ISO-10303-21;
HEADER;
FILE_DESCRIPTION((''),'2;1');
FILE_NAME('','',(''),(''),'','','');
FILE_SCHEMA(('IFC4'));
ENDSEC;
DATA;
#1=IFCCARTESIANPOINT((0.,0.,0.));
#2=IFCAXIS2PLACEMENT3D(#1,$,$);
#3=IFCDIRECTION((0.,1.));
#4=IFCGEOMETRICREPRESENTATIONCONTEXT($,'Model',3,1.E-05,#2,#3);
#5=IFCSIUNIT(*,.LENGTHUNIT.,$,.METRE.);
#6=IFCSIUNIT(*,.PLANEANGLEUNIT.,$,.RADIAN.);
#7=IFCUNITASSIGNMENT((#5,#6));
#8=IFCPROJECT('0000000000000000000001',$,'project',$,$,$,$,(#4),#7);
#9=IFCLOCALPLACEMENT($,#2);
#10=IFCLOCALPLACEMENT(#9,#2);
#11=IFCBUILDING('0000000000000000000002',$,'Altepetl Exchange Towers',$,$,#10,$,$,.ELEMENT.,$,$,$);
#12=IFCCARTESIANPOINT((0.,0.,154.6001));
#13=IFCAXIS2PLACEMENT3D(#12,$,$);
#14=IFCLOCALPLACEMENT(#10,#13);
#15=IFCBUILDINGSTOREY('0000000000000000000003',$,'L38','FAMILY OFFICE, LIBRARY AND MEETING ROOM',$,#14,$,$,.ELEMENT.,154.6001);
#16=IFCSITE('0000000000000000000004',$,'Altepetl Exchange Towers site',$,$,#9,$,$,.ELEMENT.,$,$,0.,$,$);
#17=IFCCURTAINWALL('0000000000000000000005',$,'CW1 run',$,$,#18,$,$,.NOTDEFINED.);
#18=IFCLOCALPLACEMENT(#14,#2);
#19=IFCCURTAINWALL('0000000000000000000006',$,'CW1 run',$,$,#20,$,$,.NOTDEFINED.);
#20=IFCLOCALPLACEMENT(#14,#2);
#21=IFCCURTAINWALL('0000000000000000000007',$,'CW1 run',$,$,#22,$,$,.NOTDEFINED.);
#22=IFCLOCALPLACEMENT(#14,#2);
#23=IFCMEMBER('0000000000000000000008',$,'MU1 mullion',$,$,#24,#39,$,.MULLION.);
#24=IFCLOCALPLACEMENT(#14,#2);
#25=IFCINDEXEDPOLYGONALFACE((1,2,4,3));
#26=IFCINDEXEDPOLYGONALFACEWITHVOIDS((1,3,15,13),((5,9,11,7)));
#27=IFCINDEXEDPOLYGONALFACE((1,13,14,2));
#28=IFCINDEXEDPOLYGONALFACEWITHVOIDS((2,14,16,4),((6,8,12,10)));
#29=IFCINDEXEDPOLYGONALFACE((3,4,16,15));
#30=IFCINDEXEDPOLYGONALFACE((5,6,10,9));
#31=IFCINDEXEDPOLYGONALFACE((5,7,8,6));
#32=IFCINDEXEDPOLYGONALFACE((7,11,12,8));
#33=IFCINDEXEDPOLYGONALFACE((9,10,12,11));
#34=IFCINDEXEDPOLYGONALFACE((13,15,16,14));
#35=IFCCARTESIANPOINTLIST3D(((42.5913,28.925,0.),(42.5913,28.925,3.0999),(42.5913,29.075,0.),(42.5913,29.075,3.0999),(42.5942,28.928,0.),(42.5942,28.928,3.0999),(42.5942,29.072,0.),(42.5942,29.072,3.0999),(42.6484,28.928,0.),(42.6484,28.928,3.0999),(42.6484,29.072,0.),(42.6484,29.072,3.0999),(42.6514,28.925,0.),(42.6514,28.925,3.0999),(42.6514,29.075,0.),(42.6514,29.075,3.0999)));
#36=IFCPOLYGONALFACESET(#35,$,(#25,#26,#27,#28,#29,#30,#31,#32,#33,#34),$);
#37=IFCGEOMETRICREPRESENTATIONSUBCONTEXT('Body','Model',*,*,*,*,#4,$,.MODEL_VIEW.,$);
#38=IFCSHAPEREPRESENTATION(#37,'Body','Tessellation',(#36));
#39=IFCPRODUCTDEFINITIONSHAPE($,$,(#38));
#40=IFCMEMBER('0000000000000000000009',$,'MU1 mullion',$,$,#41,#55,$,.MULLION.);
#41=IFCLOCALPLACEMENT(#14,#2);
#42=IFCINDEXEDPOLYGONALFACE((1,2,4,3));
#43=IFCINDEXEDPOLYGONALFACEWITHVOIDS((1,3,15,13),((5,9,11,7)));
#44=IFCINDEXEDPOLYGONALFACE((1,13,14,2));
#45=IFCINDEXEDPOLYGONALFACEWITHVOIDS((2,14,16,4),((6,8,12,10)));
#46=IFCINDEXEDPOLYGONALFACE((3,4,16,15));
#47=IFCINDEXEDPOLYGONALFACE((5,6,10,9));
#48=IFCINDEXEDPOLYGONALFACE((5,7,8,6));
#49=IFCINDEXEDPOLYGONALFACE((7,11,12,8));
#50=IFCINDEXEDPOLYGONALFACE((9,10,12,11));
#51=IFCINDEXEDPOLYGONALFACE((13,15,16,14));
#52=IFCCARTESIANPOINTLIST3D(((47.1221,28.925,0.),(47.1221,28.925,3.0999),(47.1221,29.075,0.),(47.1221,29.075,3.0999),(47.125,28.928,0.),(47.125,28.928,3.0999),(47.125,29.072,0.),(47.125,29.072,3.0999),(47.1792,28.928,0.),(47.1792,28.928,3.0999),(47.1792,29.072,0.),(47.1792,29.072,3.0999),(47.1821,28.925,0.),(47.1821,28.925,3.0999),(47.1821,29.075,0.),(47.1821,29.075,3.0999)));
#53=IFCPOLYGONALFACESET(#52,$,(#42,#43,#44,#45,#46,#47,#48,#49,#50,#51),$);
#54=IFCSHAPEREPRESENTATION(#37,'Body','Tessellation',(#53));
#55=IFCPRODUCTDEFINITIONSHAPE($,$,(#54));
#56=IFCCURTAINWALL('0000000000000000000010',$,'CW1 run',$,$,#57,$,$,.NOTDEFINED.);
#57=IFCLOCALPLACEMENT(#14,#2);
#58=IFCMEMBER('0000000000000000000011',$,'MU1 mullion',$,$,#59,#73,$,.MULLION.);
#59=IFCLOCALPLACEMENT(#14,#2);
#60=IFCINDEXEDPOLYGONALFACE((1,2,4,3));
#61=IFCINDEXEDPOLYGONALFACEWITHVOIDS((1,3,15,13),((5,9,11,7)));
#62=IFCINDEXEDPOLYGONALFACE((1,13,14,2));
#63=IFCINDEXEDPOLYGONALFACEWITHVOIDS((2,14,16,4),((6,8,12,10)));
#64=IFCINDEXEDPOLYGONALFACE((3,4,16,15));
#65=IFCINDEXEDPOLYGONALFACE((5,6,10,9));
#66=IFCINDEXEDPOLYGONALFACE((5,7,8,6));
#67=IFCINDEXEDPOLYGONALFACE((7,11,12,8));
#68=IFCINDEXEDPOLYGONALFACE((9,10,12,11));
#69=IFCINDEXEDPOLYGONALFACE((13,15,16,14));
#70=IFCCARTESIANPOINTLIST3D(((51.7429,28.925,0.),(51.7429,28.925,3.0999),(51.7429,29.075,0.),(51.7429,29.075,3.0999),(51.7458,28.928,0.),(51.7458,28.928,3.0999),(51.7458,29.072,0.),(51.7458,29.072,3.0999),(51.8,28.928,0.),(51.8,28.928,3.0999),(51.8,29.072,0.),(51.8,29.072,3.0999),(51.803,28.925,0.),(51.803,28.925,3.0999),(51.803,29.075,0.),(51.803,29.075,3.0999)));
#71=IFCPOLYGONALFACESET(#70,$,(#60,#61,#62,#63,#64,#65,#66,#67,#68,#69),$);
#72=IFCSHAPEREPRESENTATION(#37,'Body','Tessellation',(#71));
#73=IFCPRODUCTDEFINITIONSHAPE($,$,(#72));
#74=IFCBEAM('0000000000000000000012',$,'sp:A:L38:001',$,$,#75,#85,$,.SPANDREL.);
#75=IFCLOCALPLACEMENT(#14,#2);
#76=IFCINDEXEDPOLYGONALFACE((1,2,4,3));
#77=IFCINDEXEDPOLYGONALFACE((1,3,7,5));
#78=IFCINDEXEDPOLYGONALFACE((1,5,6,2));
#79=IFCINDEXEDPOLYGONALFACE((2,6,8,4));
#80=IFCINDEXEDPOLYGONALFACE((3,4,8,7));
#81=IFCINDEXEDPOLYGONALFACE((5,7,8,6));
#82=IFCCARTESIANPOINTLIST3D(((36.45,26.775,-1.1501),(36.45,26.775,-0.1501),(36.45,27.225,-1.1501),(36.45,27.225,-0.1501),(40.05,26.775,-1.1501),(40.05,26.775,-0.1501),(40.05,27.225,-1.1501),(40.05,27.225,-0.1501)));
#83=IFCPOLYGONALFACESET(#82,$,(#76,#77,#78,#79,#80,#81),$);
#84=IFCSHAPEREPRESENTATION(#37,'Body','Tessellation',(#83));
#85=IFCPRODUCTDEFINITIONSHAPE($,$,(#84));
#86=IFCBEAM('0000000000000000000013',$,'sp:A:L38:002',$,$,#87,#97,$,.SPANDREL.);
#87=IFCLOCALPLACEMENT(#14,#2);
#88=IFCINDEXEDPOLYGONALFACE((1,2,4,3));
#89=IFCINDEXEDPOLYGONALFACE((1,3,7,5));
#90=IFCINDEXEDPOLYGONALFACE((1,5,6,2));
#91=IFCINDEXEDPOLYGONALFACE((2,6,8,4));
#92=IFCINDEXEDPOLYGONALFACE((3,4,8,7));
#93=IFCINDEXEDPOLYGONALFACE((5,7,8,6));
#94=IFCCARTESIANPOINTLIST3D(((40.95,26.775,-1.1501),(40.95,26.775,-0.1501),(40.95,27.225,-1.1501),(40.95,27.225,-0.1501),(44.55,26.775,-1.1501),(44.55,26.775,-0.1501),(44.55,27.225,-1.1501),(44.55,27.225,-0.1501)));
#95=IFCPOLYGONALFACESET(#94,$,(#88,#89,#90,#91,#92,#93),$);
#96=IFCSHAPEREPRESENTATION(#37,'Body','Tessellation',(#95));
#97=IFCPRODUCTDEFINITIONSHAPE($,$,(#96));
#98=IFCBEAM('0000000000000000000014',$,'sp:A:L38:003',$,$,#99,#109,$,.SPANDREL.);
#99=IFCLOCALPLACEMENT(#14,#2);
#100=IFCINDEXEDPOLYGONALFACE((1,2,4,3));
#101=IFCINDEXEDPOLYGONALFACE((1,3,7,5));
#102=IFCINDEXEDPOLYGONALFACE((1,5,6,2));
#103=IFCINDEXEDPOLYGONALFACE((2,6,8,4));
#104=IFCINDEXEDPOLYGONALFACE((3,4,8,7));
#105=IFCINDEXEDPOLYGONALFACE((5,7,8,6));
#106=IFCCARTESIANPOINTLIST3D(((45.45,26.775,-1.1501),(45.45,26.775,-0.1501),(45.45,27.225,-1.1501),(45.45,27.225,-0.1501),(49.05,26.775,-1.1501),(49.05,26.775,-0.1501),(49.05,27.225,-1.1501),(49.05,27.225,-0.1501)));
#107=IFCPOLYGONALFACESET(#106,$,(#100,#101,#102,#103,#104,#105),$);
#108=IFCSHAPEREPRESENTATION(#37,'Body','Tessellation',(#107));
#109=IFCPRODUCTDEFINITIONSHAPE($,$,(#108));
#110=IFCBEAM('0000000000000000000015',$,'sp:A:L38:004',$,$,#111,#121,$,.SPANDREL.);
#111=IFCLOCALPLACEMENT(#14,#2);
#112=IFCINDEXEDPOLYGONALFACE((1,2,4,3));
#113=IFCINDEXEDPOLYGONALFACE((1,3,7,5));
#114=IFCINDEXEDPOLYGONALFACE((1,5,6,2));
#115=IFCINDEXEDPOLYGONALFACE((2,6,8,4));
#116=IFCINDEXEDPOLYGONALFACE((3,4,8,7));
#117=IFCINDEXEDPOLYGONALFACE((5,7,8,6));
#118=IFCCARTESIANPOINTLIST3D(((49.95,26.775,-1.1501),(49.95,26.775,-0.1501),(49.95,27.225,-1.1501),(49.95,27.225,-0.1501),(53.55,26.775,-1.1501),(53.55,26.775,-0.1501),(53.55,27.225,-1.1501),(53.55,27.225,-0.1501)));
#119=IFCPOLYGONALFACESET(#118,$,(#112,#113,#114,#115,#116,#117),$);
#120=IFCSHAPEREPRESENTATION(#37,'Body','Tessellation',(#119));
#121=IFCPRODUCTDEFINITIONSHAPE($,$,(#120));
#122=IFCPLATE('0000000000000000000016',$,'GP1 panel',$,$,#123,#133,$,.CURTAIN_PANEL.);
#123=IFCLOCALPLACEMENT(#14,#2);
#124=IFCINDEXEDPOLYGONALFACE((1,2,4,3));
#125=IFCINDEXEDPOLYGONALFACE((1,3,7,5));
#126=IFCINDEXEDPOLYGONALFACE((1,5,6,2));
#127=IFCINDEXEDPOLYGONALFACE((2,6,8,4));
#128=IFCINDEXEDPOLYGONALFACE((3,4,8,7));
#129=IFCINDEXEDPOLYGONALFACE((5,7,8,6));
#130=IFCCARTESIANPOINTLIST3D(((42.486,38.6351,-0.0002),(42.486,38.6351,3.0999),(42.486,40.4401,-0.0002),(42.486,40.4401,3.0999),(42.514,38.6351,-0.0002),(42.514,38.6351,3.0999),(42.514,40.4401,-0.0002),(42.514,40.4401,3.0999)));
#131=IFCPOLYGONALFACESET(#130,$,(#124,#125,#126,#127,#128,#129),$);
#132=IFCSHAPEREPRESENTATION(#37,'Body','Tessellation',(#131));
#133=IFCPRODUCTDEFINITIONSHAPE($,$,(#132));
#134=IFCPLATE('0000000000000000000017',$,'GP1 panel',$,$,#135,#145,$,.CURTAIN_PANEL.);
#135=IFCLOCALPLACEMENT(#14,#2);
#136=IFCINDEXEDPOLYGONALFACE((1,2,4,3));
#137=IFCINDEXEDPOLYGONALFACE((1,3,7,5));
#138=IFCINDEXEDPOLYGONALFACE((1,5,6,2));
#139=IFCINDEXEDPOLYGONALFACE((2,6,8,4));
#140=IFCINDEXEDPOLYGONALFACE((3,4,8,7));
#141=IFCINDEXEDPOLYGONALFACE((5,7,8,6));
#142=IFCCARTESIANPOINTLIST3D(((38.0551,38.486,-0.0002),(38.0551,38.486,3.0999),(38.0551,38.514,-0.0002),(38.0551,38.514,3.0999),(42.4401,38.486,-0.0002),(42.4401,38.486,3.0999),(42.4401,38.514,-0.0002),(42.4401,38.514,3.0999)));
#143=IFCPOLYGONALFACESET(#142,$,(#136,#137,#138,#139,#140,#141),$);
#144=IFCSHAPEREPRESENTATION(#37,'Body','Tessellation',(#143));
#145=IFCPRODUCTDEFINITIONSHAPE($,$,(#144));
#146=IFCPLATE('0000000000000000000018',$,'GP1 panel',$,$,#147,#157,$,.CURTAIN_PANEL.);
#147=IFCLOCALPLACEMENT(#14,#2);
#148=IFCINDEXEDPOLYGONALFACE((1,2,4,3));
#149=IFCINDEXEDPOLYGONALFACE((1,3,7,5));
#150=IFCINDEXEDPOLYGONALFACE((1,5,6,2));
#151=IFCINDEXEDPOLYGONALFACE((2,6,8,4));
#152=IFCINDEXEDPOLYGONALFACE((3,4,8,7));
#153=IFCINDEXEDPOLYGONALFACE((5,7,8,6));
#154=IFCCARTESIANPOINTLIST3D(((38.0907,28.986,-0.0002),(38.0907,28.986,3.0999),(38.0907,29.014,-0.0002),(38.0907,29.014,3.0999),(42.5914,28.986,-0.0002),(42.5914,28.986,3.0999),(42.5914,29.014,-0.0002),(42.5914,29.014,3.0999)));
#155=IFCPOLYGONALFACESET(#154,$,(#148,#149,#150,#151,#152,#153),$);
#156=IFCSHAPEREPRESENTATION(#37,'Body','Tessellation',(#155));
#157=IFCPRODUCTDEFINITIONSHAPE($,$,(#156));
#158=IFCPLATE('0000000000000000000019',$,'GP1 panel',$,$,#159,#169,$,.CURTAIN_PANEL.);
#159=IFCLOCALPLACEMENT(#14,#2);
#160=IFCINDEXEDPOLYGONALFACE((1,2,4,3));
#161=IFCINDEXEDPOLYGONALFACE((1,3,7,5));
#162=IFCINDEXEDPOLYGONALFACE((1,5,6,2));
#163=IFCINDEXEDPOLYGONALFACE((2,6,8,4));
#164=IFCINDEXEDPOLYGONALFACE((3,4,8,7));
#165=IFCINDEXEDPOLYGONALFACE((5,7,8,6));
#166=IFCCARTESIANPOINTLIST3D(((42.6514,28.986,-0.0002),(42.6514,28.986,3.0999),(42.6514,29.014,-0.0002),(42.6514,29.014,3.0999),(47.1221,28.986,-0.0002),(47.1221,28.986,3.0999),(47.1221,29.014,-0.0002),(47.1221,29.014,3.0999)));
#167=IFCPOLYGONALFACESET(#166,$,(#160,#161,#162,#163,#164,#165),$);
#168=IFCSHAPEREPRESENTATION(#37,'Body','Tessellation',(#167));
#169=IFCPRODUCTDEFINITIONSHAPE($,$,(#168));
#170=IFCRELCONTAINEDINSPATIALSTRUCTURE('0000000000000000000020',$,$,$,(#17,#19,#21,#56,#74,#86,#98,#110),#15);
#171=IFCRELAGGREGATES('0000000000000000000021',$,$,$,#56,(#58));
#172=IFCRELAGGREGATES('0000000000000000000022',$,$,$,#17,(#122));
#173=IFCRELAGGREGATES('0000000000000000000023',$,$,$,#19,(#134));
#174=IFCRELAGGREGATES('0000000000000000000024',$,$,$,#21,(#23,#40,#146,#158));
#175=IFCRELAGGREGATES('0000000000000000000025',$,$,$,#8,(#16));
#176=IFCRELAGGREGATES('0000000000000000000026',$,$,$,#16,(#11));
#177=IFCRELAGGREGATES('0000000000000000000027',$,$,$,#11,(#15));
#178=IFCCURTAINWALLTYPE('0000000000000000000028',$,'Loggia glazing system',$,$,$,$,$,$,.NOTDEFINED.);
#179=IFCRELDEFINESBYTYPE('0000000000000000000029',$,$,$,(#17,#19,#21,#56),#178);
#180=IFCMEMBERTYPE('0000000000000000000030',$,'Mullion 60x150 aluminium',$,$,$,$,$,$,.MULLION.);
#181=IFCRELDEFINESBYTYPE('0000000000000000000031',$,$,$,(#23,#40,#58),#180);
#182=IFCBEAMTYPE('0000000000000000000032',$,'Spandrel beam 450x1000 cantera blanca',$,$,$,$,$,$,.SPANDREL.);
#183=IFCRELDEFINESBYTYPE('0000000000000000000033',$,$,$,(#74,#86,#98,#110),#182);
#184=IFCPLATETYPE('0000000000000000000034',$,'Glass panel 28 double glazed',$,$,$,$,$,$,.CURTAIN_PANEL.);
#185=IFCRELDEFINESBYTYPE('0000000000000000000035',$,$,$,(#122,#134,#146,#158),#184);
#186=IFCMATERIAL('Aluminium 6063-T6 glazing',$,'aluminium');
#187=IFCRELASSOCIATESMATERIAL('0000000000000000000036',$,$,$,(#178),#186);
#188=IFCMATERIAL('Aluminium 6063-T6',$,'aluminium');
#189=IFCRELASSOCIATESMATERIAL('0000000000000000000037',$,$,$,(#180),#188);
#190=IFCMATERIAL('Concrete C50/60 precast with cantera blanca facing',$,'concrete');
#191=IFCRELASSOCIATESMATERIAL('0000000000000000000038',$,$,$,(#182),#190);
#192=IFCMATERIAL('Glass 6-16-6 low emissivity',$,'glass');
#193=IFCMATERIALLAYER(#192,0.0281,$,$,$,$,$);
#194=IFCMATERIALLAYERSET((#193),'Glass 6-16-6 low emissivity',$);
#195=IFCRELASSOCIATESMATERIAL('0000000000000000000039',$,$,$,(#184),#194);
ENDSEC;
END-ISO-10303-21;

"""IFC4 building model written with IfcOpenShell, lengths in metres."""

from ifc_helpers import new_model, si_unit, direction, frame, origin, origin_2d, place, context, subcontext, project, spatial, rectangle, hollow_rectangle, extrude, material, layer, layer_set, material_profile, profile_set, type_object, element, aggregate, save


model = new_model("IFC4")

# Units and contexts
model_context = context("Model", 3, precision=1e-05, world=origin(), true_north=direction((0.0, 1.0)))
body_context = subcontext(model_context, "Body", "Model", "MODEL_VIEW")
ifc_project = project(units=[si_unit("LENGTHUNIT", "METRE"), si_unit("PLANEANGLEUNIT", "RADIAN")], contexts=[model_context])

# Site, building, storey
site_placement = place(None, origin())
site = spatial("IfcSite", under=ifc_project, at=site_placement, Name="Altepetl Exchange Towers site", CompositionType="ELEMENT", RefElevation=0.0)
building_placement = place(site_placement, origin())
building = spatial("IfcBuilding", under=site, at=building_placement, Name="Altepetl Exchange Towers", CompositionType="ELEMENT")
storey_placement = place(building_placement, frame((0.0, 0.0, 154.6001)))
storey = spatial("IfcBuildingStorey", under=building, at=storey_placement, Name="L38", Description="FAMILY OFFICE, LIBRARY AND MEETING ROOM", CompositionType="ELEMENT", Elevation=154.6001)

# Curtain wall
ifc_material_1 = material(Name="Aluminium 6063-T6 glazing", Category="aluminium")
curtain_wall_type = type_object("IfcCurtainWallType", Name="Loggia glazing system", PredefinedType="NOTDEFINED", material=ifc_material_1)
curtain_wall_1_placement = place(storey_placement, origin())
curtain_wall_1 = element("IfcCurtainWall", 1, at=curtain_wall_1_placement, inside=storey, type_object=curtain_wall_type, Name="CW1 run", PredefinedType="NOTDEFINED")
ifc_material_2 = material(Name="Aluminium 6063-T6", Category="aluminium")
ifc_material_profile_1 = material_profile(ifc_material_2, hollow_rectangle(XDim=0.0601, YDim=0.1499, WallThickness=0.0029, at=origin_2d()), Name="Mullion 60x150 aluminium")
ifc_profile_set_1 = profile_set([ifc_material_profile_1], Name="Aluminium 6063-T6")
member_type = type_object("IfcMemberType", Name="Mullion 60x150 aluminium", PredefinedType="MULLION", material=ifc_profile_set_1)

# Curtain walls, members
curtain_wall_2_placement = place(storey_placement, origin())
curtain_wall_2 = element("IfcCurtainWall", 2, at=curtain_wall_2_placement, inside=storey, type_object=curtain_wall_type, Name="CW1 run", PredefinedType="NOTDEFINED")
curtain_wall_3_placement = place(storey_placement, origin())
curtain_wall_3 = element("IfcCurtainWall", 3, at=curtain_wall_3_placement, inside=storey, type_object=curtain_wall_type, Name="CW1 run", PredefinedType="NOTDEFINED")
member_1_placement = place(storey_placement, frame((42.6213, 29.0, 0.0)))
member_1 = element("IfcMember", 4, at=member_1_placement, type_object=member_type, Name="MU1 mullion", PredefinedType="MULLION", context=body_context, shape_type="SweptSolid", body=[
    extrude(hollow_rectangle(XDim=0.0601, YDim=0.1499, WallThickness=0.0029, at=origin_2d()), origin(), (0.0, 0.0, 1.0), 3.0999),
])
member_2_placement = place(storey_placement, frame((47.1521, 29.0, 0.0)))
member_2 = element("IfcMember", 5, at=member_2_placement, type_object=member_type, Name="MU1 mullion", PredefinedType="MULLION", context=body_context, shape_type="SweptSolid", body=[
    extrude(hollow_rectangle(XDim=0.0601, YDim=0.1499, WallThickness=0.0029, at=origin_2d()), origin(), (0.0, 0.0, 1.0), 3.0999),
])

# Curtain wall, member
curtain_wall_4_placement = place(storey_placement, origin())
curtain_wall_4 = element("IfcCurtainWall", 6, at=curtain_wall_4_placement, inside=storey, type_object=curtain_wall_type, Name="CW1 run", PredefinedType="NOTDEFINED")
member_3_placement = place(storey_placement, frame((51.7729, 29.0, 0.0)))
member_3 = element("IfcMember", 7, at=member_3_placement, type_object=member_type, Name="MU1 mullion", PredefinedType="MULLION", context=body_context, shape_type="SweptSolid", body=[
    extrude(hollow_rectangle(XDim=0.0601, YDim=0.1499, WallThickness=0.0029, at=origin_2d()), origin(), (0.0, 0.0, 1.0), 3.0999),
])
aggregate(curtain_wall_4, [member_3])

# Beams
ifc_material_3 = material(Name="Concrete C50/60 precast with cantera blanca facing", Category="concrete")
ifc_material_profile_2 = material_profile(ifc_material_3, rectangle(XDim=0.45, YDim=1.0, at=origin_2d()), Name="450 x 1000")
ifc_profile_set_2 = profile_set([ifc_material_profile_2], Name="Concrete C50/60 precast with cantera blanca facing")
beam_type_1 = type_object("IfcBeamType", Name="Spandrel beam 450x1000 cantera blanca", PredefinedType="SPANDREL", material=ifc_profile_set_2)
for number, where, z_axis, x_axis, name in (
    (8, (36.45, 27.0, -0.6501), (1.0, 0.0, 0.0), (0.0, 1.0, 0.0), "sp:A:L38:001"),
    (9, (40.95, 27.0, -0.6501), (1.0, 0.0, 0.0), (0.0, 1.0, 0.0), "sp:A:L38:002"),
    (10, (45.45, 27.0, -0.6501), (1.0, 0.0, 0.0), (0.0, 1.0, 0.0), "sp:A:L38:003"),
    (11, (49.95, 27.0, -0.6501), (1.0, 0.0, 0.0), (0.0, 1.0, 0.0), "sp:A:L38:004"),
):
    element("IfcBeam", number, at=place(storey_placement, frame(where, z_axis=z_axis, x_axis=x_axis)), inside=storey, type_object=beam_type_1, Name=name, PredefinedType="SPANDREL", context=body_context, shape_type="SweptSolid", body=[
        extrude(rectangle(XDim=0.45, YDim=1.0, at=origin_2d()), origin(), (0.0, 0.0, 1.0), 3.6001),
    ])

# Plates
ifc_material_4 = material(Name="Glass 6-16-6 low emissivity", Category="glass")
ifc_layer_1 = layer(ifc_material_4, 0.0281)
ifc_layer_set_1 = layer_set([ifc_layer_1], Name="Glass 6-16-6 low emissivity")
plate_type = type_object("IfcPlateType", Name="Glass panel 28 double glazed", PredefinedType="CURTAIN_PANEL", material=ifc_layer_set_1)
plate_1_placement = place(storey_placement, frame((42.5, 39.5376, -0.0002), z_axis=(0.0, 0.0, 1.0), x_axis=(0.0, -1.0, 0.0)))
plate_1 = element("IfcPlate", 12, at=plate_1_placement, type_object=plate_type, Name="GP1 panel", PredefinedType="CURTAIN_PANEL", context=body_context, shape_type="SweptSolid", body=[
    extrude(rectangle(XDim=1.8049, YDim=0.0281, at=origin_2d()), origin(), (0.0, 0.0, 1.0), 3.1001),
])
aggregate(curtain_wall_1, [plate_1])
plate_2_placement = place(storey_placement, frame((40.2476, 38.5, -0.0002), z_axis=(0.0, 0.0, 1.0), x_axis=(-1.0, 0.0, 0.0)))
plate_2 = element("IfcPlate", 13, at=plate_2_placement, type_object=plate_type, Name="GP1 panel", PredefinedType="CURTAIN_PANEL", context=body_context, shape_type="SweptSolid", body=[
    extrude(rectangle(XDim=4.385, YDim=0.0281, at=origin_2d()), origin(), (0.0, 0.0, 1.0), 3.1001),
])
aggregate(curtain_wall_2, [plate_2])
plate_3_placement = place(storey_placement, frame((40.3411, 29.0, -0.0002)))
plate_3 = element("IfcPlate", 14, at=plate_3_placement, type_object=plate_type, Name="GP1 panel", PredefinedType="CURTAIN_PANEL", context=body_context, shape_type="SweptSolid", body=[
    extrude(rectangle(XDim=4.5007, YDim=0.0281, at=origin_2d()), origin(), (0.0, 0.0, 1.0), 3.1001),
])
plate_4_placement = place(storey_placement, frame((44.8867, 29.0, -0.0002)))
plate_4 = element("IfcPlate", 15, at=plate_4_placement, type_object=plate_type, Name="GP1 panel", PredefinedType="CURTAIN_PANEL", context=body_context, shape_type="SweptSolid", body=[
    extrude(rectangle(XDim=4.4707, YDim=0.0281, at=origin_2d()), origin(), (0.0, 0.0, 1.0), 3.1001),
])
aggregate(curtain_wall_3, [member_1, member_2, plate_3, plate_4])

save(model, "model.ifc")
